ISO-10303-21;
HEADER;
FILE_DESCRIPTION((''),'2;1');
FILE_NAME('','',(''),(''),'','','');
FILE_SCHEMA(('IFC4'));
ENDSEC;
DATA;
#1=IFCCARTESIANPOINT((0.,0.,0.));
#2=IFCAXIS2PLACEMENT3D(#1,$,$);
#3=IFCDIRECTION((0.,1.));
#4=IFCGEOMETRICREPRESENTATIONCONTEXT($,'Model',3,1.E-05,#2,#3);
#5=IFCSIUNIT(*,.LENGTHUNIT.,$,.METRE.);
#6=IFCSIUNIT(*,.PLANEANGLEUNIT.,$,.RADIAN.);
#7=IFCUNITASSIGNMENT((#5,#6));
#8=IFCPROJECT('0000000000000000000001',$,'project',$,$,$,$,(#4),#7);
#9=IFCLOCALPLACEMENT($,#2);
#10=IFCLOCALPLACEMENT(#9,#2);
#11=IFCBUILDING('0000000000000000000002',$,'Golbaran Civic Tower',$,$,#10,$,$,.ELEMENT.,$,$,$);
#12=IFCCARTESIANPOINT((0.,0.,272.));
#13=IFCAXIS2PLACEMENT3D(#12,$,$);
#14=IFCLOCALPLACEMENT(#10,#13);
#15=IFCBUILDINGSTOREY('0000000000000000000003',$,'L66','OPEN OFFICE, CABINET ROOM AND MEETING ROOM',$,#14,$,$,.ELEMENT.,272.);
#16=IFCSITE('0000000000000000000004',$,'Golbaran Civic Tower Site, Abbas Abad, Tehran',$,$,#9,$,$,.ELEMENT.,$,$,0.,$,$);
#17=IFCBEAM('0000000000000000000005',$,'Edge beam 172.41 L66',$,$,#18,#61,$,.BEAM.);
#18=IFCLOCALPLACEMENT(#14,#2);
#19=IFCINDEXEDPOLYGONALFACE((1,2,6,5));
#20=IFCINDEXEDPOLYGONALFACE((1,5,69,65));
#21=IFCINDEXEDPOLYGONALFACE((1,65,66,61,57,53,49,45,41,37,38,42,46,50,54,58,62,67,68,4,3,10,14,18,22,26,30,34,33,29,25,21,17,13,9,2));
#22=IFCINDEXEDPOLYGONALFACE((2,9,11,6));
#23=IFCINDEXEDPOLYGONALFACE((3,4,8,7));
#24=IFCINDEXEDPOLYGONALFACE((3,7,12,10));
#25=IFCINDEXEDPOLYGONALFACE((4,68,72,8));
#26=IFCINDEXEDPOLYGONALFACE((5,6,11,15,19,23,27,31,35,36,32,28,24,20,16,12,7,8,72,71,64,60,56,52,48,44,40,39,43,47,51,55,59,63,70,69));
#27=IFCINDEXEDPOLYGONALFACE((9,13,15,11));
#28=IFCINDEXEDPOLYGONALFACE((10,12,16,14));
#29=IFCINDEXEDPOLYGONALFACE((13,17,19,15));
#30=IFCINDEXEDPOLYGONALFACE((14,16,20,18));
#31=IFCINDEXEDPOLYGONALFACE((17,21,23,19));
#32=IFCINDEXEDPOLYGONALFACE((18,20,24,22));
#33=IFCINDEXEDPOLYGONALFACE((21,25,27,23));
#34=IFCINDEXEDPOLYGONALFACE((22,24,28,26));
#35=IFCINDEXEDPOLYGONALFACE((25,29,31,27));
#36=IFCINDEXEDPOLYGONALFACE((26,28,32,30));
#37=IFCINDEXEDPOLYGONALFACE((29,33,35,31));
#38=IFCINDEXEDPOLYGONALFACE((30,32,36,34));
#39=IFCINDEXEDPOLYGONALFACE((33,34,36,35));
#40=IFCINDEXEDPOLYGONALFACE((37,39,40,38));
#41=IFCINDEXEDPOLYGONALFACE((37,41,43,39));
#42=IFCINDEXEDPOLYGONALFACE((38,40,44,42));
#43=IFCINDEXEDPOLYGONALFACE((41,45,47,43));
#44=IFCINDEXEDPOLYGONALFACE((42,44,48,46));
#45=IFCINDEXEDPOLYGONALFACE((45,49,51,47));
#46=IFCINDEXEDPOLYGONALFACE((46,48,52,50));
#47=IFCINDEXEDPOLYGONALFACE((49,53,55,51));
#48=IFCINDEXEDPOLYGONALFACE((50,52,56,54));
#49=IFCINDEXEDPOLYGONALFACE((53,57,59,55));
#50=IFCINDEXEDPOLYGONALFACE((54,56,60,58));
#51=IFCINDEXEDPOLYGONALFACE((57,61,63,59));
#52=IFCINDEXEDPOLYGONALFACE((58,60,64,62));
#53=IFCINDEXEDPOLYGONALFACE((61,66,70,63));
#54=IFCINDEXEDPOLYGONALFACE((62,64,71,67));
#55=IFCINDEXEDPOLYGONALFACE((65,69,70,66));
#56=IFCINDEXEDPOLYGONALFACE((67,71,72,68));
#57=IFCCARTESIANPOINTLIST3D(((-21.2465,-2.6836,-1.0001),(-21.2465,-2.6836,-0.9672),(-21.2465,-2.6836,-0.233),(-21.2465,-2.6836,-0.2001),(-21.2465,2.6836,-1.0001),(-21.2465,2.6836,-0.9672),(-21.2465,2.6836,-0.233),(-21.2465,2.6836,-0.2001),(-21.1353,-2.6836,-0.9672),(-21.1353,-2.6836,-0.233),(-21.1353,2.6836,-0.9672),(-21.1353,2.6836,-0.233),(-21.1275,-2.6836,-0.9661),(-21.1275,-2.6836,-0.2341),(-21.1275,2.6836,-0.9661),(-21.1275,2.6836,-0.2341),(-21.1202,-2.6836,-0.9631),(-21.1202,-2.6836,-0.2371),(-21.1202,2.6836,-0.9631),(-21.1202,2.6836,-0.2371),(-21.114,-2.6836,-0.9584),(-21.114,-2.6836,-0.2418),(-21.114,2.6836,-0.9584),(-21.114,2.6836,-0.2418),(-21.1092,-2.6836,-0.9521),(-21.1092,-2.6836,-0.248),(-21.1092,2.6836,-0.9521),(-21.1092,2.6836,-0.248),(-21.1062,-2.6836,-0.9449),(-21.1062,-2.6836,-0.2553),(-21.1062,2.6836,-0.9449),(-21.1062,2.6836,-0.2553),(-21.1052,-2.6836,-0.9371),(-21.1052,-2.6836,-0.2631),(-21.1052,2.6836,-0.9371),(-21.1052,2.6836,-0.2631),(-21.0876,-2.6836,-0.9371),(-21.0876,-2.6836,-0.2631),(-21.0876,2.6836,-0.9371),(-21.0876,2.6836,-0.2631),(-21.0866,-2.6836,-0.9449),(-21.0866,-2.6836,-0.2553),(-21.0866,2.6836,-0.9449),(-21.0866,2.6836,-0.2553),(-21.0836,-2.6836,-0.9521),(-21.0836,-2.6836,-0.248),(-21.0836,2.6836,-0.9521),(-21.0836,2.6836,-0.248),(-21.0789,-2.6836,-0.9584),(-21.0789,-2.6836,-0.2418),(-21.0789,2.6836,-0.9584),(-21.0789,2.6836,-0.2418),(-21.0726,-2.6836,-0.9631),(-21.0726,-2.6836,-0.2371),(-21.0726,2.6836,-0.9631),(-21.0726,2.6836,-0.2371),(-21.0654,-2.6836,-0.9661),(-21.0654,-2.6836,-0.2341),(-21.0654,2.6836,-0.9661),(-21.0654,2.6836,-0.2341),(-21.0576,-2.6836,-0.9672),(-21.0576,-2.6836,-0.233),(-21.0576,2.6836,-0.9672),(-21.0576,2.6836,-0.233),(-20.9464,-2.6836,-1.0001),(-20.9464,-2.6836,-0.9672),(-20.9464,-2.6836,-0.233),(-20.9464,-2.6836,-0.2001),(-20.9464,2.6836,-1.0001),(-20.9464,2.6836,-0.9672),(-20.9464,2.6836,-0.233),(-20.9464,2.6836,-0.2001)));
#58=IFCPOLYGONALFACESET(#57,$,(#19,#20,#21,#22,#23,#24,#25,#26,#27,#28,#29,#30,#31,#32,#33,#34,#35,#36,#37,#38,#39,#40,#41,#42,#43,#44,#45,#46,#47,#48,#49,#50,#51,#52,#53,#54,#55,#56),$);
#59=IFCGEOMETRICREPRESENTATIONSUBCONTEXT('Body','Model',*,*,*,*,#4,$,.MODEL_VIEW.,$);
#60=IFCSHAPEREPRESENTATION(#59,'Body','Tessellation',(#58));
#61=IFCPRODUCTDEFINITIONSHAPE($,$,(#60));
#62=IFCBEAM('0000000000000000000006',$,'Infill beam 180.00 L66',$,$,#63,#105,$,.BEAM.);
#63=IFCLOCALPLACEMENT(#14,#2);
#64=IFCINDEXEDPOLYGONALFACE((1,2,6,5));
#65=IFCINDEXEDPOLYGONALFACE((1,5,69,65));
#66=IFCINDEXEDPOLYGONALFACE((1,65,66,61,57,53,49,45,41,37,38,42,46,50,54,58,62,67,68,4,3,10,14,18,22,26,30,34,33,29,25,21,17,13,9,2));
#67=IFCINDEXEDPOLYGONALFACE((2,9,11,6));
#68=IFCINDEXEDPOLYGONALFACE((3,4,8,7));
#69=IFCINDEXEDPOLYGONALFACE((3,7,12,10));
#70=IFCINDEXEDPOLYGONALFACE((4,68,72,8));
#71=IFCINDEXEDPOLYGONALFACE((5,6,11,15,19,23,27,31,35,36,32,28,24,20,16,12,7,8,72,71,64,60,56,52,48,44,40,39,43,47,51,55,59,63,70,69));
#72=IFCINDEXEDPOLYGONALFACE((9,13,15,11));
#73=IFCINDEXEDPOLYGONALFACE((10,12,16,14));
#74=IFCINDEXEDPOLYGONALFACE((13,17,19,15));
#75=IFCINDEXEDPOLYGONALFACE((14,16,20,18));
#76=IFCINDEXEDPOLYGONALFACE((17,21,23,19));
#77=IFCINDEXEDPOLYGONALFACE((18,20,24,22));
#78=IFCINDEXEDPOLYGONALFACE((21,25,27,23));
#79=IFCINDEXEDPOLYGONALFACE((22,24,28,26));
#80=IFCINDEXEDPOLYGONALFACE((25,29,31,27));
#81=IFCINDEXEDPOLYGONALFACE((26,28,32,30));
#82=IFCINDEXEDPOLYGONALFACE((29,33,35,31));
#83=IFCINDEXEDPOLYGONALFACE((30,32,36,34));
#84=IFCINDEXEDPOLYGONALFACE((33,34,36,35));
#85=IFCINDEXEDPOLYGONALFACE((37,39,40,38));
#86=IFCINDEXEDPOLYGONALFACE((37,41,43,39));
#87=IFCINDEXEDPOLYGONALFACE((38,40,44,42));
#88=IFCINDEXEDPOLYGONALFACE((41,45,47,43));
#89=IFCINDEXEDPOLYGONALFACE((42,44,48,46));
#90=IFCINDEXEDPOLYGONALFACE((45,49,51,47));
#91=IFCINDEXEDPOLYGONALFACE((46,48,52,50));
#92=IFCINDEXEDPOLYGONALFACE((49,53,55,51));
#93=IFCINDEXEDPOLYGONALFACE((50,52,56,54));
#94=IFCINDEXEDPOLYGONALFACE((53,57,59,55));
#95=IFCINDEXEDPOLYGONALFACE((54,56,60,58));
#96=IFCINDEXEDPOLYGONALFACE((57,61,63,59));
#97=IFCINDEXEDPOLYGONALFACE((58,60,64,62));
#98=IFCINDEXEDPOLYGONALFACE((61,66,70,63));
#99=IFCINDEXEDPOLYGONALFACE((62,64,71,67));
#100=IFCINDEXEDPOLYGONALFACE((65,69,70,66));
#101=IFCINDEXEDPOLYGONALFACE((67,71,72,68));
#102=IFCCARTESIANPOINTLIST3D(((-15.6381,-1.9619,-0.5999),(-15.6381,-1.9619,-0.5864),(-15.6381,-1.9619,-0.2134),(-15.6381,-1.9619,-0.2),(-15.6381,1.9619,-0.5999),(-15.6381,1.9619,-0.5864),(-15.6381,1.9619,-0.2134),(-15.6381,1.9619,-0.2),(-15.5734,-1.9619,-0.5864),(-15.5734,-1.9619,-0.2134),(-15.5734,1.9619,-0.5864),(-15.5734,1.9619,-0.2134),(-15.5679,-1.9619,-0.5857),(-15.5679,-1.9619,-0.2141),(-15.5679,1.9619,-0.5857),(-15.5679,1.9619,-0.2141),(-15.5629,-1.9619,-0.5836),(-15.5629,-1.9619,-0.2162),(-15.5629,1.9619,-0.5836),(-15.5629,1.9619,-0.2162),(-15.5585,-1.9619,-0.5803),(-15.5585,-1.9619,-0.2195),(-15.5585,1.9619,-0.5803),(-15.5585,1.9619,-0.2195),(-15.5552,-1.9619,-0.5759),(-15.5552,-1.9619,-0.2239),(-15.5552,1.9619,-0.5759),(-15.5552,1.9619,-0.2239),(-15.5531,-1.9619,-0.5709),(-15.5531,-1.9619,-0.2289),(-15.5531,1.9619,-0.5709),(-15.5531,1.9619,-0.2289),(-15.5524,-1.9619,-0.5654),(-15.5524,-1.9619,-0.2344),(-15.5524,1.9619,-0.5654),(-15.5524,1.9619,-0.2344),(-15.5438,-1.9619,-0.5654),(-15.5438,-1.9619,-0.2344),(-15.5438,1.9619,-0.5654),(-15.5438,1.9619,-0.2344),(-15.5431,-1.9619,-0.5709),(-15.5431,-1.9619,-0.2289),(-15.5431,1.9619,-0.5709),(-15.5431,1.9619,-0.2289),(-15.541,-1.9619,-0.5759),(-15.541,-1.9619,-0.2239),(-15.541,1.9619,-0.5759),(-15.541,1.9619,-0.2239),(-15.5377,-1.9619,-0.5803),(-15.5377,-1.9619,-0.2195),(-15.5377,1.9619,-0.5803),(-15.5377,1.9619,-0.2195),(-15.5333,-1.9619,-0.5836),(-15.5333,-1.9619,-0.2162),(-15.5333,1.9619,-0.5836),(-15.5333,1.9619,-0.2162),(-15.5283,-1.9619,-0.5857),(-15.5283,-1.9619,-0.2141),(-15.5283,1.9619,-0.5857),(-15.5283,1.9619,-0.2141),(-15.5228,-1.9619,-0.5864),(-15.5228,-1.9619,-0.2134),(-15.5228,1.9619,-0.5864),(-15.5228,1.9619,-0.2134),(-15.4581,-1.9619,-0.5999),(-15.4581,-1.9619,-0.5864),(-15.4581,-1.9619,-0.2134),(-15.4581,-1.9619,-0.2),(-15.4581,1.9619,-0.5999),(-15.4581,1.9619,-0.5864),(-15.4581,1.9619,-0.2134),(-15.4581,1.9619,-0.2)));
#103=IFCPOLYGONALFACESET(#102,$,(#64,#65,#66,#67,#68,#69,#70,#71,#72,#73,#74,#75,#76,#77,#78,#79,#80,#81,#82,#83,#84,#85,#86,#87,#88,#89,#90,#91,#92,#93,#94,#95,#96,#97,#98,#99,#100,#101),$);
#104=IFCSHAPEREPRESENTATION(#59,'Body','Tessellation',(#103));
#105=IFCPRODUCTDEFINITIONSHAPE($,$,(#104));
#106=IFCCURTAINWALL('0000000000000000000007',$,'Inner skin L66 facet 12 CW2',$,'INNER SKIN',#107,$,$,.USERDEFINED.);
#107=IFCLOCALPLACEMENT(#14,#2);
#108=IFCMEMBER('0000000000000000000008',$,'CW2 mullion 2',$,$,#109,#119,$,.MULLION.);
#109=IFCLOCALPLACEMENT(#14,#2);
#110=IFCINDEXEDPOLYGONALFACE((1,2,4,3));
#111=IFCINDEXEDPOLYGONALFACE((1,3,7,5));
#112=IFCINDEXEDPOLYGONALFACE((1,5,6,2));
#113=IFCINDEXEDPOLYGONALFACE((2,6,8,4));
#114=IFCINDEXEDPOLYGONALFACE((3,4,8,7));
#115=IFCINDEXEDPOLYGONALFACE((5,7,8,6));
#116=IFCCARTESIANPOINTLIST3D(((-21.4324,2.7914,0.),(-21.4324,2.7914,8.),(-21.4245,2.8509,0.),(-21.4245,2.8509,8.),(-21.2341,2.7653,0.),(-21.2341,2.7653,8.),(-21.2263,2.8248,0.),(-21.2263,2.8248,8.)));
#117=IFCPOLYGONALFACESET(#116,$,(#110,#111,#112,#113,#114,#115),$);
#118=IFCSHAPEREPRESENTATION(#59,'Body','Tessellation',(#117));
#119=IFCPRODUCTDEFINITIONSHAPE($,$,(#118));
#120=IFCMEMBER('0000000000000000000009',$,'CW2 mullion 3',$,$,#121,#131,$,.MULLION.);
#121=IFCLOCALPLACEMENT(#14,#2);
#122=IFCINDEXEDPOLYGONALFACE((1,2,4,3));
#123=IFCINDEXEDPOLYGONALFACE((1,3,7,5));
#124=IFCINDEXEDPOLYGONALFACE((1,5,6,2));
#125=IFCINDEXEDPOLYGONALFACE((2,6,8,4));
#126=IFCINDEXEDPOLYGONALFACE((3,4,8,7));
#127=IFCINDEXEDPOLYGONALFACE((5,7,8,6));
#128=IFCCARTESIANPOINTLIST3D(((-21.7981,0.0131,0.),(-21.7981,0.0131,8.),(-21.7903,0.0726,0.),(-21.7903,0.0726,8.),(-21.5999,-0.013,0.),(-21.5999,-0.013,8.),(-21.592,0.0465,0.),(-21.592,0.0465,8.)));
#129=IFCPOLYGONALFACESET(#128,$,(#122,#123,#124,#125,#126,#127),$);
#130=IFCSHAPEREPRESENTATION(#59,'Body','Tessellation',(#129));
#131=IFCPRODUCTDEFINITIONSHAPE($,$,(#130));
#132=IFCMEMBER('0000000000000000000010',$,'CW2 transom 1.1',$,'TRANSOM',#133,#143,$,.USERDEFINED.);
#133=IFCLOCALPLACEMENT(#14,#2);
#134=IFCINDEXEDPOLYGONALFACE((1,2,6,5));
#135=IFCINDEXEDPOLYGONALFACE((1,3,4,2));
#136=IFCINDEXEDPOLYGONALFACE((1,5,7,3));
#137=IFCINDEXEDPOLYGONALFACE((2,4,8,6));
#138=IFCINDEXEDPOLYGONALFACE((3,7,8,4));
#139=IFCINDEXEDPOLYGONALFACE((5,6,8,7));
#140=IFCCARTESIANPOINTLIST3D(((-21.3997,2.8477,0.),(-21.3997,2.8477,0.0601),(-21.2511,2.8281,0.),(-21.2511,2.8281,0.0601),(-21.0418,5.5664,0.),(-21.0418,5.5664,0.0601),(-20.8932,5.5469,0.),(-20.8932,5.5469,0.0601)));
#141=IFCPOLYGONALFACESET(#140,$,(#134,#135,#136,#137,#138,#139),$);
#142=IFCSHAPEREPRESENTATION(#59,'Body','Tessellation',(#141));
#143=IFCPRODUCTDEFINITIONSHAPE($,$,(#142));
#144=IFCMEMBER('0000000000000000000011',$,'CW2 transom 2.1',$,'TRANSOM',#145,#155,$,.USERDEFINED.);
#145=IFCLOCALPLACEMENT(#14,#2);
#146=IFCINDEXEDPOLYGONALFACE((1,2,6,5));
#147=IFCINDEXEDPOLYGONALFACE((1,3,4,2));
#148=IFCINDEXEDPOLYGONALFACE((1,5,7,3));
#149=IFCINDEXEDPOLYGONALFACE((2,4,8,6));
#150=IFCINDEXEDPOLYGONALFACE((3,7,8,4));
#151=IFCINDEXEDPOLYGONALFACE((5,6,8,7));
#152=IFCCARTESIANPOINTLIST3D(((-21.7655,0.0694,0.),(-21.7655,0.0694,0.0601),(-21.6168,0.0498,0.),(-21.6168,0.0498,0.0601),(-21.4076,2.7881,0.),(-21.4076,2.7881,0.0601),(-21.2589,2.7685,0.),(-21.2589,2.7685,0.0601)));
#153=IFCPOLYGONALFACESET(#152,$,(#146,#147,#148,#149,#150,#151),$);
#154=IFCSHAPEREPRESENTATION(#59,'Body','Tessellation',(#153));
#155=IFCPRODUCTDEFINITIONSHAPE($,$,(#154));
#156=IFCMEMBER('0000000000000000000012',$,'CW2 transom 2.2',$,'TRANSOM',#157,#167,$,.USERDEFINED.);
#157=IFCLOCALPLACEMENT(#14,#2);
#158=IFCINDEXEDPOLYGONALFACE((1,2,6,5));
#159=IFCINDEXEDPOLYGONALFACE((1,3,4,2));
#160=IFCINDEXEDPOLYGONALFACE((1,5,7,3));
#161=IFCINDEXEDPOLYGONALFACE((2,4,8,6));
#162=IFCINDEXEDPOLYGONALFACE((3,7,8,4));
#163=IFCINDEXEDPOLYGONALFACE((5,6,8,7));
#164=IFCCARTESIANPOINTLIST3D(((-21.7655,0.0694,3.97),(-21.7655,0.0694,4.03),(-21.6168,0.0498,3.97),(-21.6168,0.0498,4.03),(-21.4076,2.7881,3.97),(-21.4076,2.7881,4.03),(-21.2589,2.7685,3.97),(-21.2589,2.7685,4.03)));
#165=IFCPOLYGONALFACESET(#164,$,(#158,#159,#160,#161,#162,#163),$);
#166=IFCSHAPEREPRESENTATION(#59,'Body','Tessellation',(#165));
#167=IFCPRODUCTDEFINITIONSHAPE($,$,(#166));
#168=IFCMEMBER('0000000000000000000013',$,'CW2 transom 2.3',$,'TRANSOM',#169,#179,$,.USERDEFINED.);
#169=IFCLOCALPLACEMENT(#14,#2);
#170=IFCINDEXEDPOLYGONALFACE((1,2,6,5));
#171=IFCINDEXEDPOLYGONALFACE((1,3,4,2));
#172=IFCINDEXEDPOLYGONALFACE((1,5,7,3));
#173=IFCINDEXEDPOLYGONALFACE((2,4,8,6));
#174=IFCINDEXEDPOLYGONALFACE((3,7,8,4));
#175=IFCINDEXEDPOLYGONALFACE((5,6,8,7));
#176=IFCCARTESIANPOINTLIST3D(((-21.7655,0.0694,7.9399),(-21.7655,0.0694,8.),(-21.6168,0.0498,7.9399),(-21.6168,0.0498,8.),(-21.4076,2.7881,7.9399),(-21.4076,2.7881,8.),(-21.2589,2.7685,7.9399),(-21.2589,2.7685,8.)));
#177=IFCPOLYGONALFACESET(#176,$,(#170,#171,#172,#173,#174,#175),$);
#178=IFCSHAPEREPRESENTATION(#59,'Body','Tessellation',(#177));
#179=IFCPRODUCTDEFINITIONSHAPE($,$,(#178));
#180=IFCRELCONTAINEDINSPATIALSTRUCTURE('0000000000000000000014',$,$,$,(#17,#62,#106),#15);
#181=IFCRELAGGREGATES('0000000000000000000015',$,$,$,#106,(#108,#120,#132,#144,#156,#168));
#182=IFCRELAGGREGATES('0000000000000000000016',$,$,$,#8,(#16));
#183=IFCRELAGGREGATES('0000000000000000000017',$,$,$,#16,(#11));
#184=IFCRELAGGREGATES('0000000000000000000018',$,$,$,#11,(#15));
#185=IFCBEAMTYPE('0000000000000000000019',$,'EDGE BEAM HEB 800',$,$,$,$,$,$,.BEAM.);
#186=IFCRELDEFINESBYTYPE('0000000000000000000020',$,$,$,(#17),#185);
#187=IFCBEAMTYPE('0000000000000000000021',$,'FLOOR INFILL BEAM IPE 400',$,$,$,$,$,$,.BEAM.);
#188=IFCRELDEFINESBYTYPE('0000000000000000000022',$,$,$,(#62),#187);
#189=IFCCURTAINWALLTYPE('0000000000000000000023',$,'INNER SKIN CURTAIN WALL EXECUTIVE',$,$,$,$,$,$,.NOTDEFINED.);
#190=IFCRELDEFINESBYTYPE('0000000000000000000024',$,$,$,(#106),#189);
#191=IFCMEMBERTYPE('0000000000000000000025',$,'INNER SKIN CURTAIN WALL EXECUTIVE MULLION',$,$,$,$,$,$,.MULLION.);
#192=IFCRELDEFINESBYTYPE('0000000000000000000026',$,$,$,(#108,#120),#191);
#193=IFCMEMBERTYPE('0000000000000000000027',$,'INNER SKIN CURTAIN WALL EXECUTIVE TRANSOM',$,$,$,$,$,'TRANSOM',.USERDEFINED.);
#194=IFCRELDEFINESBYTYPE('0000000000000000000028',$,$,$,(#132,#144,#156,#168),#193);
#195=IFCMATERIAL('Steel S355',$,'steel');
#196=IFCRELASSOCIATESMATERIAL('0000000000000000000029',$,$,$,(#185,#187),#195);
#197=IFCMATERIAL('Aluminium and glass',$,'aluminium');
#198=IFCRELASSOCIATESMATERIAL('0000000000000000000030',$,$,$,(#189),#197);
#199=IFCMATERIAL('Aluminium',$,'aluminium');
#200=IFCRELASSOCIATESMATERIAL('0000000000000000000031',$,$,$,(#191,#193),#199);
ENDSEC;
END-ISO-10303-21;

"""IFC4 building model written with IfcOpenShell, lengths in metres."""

from ifc_helpers import new_model, si_unit, direction, frame, origin, origin_2d, place, context, subcontext, project, spatial, rectangle, i_section, extrude, material, material_profile, profile_set, type_object, element, aggregate, save


model = new_model("IFC4")

# Units and contexts
model_context = context("Model", 3, precision=1e-05, world=origin(), true_north=direction((0.0, 1.0)))
body_context = subcontext(model_context, "Body", "Model", "MODEL_VIEW")
ifc_project = project(units=[si_unit("LENGTHUNIT", "METRE"), si_unit("PLANEANGLEUNIT", "RADIAN")], contexts=[model_context])

# Site, building, storey
site_placement = place(None, origin())
site = spatial("IfcSite", under=ifc_project, at=site_placement, Name="Golbaran Civic Tower Site, Abbas Abad, Tehran", CompositionType="ELEMENT", RefElevation=0.0)
building_placement = place(site_placement, origin())
building = spatial("IfcBuilding", under=site, at=building_placement, Name="Golbaran Civic Tower", CompositionType="ELEMENT")
storey_placement = place(building_placement, frame((0.0, 0.0, 272.0)))
storey = spatial("IfcBuildingStorey", under=building, at=storey_placement, Name="L66", Description="OPEN OFFICE, CABINET ROOM AND MEETING ROOM", CompositionType="ELEMENT", Elevation=272.0)

# Beams
ifc_material_1 = material(Name="Steel S355", Category="steel")
ifc_material_profile_1 = material_profile(ifc_material_1, i_section(OverallWidth=0.3, OverallDepth=0.8, WebThickness=0.0176, FlangeThickness=0.033, FilletRadius=0.03, at=origin_2d()), Name="HEB 800")
ifc_profile_set_1 = profile_set([ifc_material_profile_1], Name="Steel S355")
beam_type_1 = type_object("IfcBeamType", Name="EDGE BEAM HEB 800", PredefinedType="BEAM", material=ifc_profile_set_1)
beam_1_placement = place(storey_placement, frame((-21.0964, 2.6836, -0.6001), z_axis=(0.0, -1.0, 0.0), x_axis=(1.0, 0.0, 0.0)))
element("IfcBeam", 1, at=beam_1_placement, inside=storey, type_object=beam_type_1, Name="Edge beam 172.41 L66", PredefinedType="BEAM", context=body_context, shape_type="SweptSolid", body=[
    extrude(i_section(OverallWidth=0.3, OverallDepth=0.8, WebThickness=0.0176, FlangeThickness=0.033, FilletRadius=0.03, at=origin_2d()), origin(), (0.0, 0.0, 1.0), 5.3672),
])
ifc_material_profile_2 = material_profile(ifc_material_1, i_section(OverallWidth=0.1799, OverallDepth=0.3999, WebThickness=0.0085, FlangeThickness=0.0134, FilletRadius=0.021, at=origin_2d()), Name="IPE 400")
ifc_profile_set_2 = profile_set([ifc_material_profile_2], Name="Steel S355")
beam_type_2 = type_object("IfcBeamType", Name="FLOOR INFILL BEAM IPE 400", PredefinedType="BEAM", material=ifc_profile_set_2)
beam_2_placement = place(storey_placement, frame((-15.5481, 1.9619, -0.3999), z_axis=(0.0, -1.0, 0.0), x_axis=(1.0, 0.0, 0.0)))
element("IfcBeam", 2, at=beam_2_placement, inside=storey, type_object=beam_type_2, Name="Infill beam 180.00 L66", PredefinedType="BEAM", context=body_context, shape_type="SweptSolid", body=[
    extrude(i_section(OverallWidth=0.1799, OverallDepth=0.3999, WebThickness=0.0085, FlangeThickness=0.0134, FilletRadius=0.021, at=origin_2d()), origin(), (0.0, 0.0, 1.0), 3.9238),
])

# Curtain wall, members
ifc_material_2 = material(Name="Aluminium and glass", Category="aluminium")
curtain_wall_type = type_object("IfcCurtainWallType", Name="INNER SKIN CURTAIN WALL EXECUTIVE", PredefinedType="NOTDEFINED", material=ifc_material_2)
curtain_wall_placement = place(storey_placement, origin())
curtain_wall = element("IfcCurtainWall", 3, at=curtain_wall_placement, inside=storey, type_object=curtain_wall_type, Name="Inner skin L66 facet 12 CW2", ObjectType="INNER SKIN", PredefinedType="USERDEFINED")
ifc_material_3 = material(Name="Aluminium", Category="aluminium")
ifc_material_profile_3 = material_profile(ifc_material_3, rectangle(XDim=0.2, YDim=0.0601, at=origin_2d()), Name="INNER SKIN CURTAIN WALL EXECUTIVE MULLION")
ifc_profile_set_3 = profile_set([ifc_material_profile_3], Name="Aluminium")
member_type_1 = type_object("IfcMemberType", Name="INNER SKIN CURTAIN WALL EXECUTIVE MULLION", PredefinedType="MULLION", material=ifc_profile_set_3)
member_1_placement = place(storey_placement, frame((-21.3293, 2.8081, 0.0), z_axis=(0.0, 0.0, 1.0), x_axis=(0.991445, -0.130526, 0.0)))
member_1 = element("IfcMember", 4, at=member_1_placement, type_object=member_type_1, Name="CW2 mullion 2", PredefinedType="MULLION", context=body_context, shape_type="SweptSolid", body=[
    extrude(rectangle(XDim=0.2, YDim=0.0601, at=origin_2d()), origin(), (0.0, 0.0, 1.0), 8.0),
])
member_2_placement = place(storey_placement, frame((-21.6951, 0.0298, 0.0), z_axis=(0.0, 0.0, 1.0), x_axis=(0.991445, -0.130526, 0.0)))
member_2 = element("IfcMember", 5, at=member_2_placement, type_object=member_type_1, Name="CW2 mullion 3", PredefinedType="MULLION", context=body_context, shape_type="SweptSolid", body=[
    extrude(rectangle(XDim=0.2, YDim=0.0601, at=origin_2d()), origin(), (0.0, 0.0, 1.0), 8.0),
])
ifc_material_profile_4 = material_profile(ifc_material_3, rectangle(XDim=0.1499, YDim=0.0601, at=origin_2d()), Name="INNER SKIN CURTAIN WALL EXECUTIVE TRANSOM")
ifc_profile_set_4 = profile_set([ifc_material_profile_4], Name="Aluminium")
member_type_2 = type_object("IfcMemberType", Name="INNER SKIN CURTAIN WALL EXECUTIVE TRANSOM", ElementType="TRANSOM", PredefinedType="USERDEFINED", material=ifc_profile_set_4)
member_3_placement = place(storey_placement, frame((-20.9675, 5.5566, 0.03), z_axis=(-0.130519, -0.991446, 0.0), x_axis=(0.991446, -0.130519, 0.0)))
member_3 = element("IfcMember", 6, at=member_3_placement, type_object=member_type_2, Name="CW2 transom 1.1", ObjectType="TRANSOM", PredefinedType="USERDEFINED", context=body_context, shape_type="SweptSolid", body=[
    extrude(rectangle(XDim=0.1499, YDim=0.0601, at=origin_2d()), origin(), (0.0, 0.0, 1.0), 2.7422),
])
member_4_placement = place(storey_placement, frame((-21.3333, 2.7783, 0.03), z_axis=(-0.130519, -0.991446, 0.0), x_axis=(0.991446, -0.130519, 0.0)))
member_4 = element("IfcMember", 7, at=member_4_placement, type_object=member_type_2, Name="CW2 transom 2.1", ObjectType="TRANSOM", PredefinedType="USERDEFINED", context=body_context, shape_type="SweptSolid", body=[
    extrude(rectangle(XDim=0.1499, YDim=0.0601, at=origin_2d()), origin(), (0.0, 0.0, 1.0), 2.7422),
])
member_5_placement = place(storey_placement, frame((-21.3333, 2.7783, 4.0), z_axis=(-0.130519, -0.991446, 0.0), x_axis=(0.991446, -0.130519, 0.0)))
member_5 = element("IfcMember", 8, at=member_5_placement, type_object=member_type_2, Name="CW2 transom 2.2", ObjectType="TRANSOM", PredefinedType="USERDEFINED", context=body_context, shape_type="SweptSolid", body=[
    extrude(rectangle(XDim=0.1499, YDim=0.0601, at=origin_2d()), origin(), (0.0, 0.0, 1.0), 2.7422),
])
member_6_placement = place(storey_placement, frame((-21.3333, 2.7783, 7.97), z_axis=(-0.130519, -0.991446, 0.0), x_axis=(0.991446, -0.130519, 0.0)))
member_6 = element("IfcMember", 9, at=member_6_placement, type_object=member_type_2, Name="CW2 transom 2.3", ObjectType="TRANSOM", PredefinedType="USERDEFINED", context=body_context, shape_type="SweptSolid", body=[
    extrude(rectangle(XDim=0.1499, YDim=0.0601, at=origin_2d()), origin(), (0.0, 0.0, 1.0), 2.7422),
])
aggregate(curtain_wall, [member_1, member_2, member_3, member_4, member_5, member_6])

save(model, "model.ifc")
